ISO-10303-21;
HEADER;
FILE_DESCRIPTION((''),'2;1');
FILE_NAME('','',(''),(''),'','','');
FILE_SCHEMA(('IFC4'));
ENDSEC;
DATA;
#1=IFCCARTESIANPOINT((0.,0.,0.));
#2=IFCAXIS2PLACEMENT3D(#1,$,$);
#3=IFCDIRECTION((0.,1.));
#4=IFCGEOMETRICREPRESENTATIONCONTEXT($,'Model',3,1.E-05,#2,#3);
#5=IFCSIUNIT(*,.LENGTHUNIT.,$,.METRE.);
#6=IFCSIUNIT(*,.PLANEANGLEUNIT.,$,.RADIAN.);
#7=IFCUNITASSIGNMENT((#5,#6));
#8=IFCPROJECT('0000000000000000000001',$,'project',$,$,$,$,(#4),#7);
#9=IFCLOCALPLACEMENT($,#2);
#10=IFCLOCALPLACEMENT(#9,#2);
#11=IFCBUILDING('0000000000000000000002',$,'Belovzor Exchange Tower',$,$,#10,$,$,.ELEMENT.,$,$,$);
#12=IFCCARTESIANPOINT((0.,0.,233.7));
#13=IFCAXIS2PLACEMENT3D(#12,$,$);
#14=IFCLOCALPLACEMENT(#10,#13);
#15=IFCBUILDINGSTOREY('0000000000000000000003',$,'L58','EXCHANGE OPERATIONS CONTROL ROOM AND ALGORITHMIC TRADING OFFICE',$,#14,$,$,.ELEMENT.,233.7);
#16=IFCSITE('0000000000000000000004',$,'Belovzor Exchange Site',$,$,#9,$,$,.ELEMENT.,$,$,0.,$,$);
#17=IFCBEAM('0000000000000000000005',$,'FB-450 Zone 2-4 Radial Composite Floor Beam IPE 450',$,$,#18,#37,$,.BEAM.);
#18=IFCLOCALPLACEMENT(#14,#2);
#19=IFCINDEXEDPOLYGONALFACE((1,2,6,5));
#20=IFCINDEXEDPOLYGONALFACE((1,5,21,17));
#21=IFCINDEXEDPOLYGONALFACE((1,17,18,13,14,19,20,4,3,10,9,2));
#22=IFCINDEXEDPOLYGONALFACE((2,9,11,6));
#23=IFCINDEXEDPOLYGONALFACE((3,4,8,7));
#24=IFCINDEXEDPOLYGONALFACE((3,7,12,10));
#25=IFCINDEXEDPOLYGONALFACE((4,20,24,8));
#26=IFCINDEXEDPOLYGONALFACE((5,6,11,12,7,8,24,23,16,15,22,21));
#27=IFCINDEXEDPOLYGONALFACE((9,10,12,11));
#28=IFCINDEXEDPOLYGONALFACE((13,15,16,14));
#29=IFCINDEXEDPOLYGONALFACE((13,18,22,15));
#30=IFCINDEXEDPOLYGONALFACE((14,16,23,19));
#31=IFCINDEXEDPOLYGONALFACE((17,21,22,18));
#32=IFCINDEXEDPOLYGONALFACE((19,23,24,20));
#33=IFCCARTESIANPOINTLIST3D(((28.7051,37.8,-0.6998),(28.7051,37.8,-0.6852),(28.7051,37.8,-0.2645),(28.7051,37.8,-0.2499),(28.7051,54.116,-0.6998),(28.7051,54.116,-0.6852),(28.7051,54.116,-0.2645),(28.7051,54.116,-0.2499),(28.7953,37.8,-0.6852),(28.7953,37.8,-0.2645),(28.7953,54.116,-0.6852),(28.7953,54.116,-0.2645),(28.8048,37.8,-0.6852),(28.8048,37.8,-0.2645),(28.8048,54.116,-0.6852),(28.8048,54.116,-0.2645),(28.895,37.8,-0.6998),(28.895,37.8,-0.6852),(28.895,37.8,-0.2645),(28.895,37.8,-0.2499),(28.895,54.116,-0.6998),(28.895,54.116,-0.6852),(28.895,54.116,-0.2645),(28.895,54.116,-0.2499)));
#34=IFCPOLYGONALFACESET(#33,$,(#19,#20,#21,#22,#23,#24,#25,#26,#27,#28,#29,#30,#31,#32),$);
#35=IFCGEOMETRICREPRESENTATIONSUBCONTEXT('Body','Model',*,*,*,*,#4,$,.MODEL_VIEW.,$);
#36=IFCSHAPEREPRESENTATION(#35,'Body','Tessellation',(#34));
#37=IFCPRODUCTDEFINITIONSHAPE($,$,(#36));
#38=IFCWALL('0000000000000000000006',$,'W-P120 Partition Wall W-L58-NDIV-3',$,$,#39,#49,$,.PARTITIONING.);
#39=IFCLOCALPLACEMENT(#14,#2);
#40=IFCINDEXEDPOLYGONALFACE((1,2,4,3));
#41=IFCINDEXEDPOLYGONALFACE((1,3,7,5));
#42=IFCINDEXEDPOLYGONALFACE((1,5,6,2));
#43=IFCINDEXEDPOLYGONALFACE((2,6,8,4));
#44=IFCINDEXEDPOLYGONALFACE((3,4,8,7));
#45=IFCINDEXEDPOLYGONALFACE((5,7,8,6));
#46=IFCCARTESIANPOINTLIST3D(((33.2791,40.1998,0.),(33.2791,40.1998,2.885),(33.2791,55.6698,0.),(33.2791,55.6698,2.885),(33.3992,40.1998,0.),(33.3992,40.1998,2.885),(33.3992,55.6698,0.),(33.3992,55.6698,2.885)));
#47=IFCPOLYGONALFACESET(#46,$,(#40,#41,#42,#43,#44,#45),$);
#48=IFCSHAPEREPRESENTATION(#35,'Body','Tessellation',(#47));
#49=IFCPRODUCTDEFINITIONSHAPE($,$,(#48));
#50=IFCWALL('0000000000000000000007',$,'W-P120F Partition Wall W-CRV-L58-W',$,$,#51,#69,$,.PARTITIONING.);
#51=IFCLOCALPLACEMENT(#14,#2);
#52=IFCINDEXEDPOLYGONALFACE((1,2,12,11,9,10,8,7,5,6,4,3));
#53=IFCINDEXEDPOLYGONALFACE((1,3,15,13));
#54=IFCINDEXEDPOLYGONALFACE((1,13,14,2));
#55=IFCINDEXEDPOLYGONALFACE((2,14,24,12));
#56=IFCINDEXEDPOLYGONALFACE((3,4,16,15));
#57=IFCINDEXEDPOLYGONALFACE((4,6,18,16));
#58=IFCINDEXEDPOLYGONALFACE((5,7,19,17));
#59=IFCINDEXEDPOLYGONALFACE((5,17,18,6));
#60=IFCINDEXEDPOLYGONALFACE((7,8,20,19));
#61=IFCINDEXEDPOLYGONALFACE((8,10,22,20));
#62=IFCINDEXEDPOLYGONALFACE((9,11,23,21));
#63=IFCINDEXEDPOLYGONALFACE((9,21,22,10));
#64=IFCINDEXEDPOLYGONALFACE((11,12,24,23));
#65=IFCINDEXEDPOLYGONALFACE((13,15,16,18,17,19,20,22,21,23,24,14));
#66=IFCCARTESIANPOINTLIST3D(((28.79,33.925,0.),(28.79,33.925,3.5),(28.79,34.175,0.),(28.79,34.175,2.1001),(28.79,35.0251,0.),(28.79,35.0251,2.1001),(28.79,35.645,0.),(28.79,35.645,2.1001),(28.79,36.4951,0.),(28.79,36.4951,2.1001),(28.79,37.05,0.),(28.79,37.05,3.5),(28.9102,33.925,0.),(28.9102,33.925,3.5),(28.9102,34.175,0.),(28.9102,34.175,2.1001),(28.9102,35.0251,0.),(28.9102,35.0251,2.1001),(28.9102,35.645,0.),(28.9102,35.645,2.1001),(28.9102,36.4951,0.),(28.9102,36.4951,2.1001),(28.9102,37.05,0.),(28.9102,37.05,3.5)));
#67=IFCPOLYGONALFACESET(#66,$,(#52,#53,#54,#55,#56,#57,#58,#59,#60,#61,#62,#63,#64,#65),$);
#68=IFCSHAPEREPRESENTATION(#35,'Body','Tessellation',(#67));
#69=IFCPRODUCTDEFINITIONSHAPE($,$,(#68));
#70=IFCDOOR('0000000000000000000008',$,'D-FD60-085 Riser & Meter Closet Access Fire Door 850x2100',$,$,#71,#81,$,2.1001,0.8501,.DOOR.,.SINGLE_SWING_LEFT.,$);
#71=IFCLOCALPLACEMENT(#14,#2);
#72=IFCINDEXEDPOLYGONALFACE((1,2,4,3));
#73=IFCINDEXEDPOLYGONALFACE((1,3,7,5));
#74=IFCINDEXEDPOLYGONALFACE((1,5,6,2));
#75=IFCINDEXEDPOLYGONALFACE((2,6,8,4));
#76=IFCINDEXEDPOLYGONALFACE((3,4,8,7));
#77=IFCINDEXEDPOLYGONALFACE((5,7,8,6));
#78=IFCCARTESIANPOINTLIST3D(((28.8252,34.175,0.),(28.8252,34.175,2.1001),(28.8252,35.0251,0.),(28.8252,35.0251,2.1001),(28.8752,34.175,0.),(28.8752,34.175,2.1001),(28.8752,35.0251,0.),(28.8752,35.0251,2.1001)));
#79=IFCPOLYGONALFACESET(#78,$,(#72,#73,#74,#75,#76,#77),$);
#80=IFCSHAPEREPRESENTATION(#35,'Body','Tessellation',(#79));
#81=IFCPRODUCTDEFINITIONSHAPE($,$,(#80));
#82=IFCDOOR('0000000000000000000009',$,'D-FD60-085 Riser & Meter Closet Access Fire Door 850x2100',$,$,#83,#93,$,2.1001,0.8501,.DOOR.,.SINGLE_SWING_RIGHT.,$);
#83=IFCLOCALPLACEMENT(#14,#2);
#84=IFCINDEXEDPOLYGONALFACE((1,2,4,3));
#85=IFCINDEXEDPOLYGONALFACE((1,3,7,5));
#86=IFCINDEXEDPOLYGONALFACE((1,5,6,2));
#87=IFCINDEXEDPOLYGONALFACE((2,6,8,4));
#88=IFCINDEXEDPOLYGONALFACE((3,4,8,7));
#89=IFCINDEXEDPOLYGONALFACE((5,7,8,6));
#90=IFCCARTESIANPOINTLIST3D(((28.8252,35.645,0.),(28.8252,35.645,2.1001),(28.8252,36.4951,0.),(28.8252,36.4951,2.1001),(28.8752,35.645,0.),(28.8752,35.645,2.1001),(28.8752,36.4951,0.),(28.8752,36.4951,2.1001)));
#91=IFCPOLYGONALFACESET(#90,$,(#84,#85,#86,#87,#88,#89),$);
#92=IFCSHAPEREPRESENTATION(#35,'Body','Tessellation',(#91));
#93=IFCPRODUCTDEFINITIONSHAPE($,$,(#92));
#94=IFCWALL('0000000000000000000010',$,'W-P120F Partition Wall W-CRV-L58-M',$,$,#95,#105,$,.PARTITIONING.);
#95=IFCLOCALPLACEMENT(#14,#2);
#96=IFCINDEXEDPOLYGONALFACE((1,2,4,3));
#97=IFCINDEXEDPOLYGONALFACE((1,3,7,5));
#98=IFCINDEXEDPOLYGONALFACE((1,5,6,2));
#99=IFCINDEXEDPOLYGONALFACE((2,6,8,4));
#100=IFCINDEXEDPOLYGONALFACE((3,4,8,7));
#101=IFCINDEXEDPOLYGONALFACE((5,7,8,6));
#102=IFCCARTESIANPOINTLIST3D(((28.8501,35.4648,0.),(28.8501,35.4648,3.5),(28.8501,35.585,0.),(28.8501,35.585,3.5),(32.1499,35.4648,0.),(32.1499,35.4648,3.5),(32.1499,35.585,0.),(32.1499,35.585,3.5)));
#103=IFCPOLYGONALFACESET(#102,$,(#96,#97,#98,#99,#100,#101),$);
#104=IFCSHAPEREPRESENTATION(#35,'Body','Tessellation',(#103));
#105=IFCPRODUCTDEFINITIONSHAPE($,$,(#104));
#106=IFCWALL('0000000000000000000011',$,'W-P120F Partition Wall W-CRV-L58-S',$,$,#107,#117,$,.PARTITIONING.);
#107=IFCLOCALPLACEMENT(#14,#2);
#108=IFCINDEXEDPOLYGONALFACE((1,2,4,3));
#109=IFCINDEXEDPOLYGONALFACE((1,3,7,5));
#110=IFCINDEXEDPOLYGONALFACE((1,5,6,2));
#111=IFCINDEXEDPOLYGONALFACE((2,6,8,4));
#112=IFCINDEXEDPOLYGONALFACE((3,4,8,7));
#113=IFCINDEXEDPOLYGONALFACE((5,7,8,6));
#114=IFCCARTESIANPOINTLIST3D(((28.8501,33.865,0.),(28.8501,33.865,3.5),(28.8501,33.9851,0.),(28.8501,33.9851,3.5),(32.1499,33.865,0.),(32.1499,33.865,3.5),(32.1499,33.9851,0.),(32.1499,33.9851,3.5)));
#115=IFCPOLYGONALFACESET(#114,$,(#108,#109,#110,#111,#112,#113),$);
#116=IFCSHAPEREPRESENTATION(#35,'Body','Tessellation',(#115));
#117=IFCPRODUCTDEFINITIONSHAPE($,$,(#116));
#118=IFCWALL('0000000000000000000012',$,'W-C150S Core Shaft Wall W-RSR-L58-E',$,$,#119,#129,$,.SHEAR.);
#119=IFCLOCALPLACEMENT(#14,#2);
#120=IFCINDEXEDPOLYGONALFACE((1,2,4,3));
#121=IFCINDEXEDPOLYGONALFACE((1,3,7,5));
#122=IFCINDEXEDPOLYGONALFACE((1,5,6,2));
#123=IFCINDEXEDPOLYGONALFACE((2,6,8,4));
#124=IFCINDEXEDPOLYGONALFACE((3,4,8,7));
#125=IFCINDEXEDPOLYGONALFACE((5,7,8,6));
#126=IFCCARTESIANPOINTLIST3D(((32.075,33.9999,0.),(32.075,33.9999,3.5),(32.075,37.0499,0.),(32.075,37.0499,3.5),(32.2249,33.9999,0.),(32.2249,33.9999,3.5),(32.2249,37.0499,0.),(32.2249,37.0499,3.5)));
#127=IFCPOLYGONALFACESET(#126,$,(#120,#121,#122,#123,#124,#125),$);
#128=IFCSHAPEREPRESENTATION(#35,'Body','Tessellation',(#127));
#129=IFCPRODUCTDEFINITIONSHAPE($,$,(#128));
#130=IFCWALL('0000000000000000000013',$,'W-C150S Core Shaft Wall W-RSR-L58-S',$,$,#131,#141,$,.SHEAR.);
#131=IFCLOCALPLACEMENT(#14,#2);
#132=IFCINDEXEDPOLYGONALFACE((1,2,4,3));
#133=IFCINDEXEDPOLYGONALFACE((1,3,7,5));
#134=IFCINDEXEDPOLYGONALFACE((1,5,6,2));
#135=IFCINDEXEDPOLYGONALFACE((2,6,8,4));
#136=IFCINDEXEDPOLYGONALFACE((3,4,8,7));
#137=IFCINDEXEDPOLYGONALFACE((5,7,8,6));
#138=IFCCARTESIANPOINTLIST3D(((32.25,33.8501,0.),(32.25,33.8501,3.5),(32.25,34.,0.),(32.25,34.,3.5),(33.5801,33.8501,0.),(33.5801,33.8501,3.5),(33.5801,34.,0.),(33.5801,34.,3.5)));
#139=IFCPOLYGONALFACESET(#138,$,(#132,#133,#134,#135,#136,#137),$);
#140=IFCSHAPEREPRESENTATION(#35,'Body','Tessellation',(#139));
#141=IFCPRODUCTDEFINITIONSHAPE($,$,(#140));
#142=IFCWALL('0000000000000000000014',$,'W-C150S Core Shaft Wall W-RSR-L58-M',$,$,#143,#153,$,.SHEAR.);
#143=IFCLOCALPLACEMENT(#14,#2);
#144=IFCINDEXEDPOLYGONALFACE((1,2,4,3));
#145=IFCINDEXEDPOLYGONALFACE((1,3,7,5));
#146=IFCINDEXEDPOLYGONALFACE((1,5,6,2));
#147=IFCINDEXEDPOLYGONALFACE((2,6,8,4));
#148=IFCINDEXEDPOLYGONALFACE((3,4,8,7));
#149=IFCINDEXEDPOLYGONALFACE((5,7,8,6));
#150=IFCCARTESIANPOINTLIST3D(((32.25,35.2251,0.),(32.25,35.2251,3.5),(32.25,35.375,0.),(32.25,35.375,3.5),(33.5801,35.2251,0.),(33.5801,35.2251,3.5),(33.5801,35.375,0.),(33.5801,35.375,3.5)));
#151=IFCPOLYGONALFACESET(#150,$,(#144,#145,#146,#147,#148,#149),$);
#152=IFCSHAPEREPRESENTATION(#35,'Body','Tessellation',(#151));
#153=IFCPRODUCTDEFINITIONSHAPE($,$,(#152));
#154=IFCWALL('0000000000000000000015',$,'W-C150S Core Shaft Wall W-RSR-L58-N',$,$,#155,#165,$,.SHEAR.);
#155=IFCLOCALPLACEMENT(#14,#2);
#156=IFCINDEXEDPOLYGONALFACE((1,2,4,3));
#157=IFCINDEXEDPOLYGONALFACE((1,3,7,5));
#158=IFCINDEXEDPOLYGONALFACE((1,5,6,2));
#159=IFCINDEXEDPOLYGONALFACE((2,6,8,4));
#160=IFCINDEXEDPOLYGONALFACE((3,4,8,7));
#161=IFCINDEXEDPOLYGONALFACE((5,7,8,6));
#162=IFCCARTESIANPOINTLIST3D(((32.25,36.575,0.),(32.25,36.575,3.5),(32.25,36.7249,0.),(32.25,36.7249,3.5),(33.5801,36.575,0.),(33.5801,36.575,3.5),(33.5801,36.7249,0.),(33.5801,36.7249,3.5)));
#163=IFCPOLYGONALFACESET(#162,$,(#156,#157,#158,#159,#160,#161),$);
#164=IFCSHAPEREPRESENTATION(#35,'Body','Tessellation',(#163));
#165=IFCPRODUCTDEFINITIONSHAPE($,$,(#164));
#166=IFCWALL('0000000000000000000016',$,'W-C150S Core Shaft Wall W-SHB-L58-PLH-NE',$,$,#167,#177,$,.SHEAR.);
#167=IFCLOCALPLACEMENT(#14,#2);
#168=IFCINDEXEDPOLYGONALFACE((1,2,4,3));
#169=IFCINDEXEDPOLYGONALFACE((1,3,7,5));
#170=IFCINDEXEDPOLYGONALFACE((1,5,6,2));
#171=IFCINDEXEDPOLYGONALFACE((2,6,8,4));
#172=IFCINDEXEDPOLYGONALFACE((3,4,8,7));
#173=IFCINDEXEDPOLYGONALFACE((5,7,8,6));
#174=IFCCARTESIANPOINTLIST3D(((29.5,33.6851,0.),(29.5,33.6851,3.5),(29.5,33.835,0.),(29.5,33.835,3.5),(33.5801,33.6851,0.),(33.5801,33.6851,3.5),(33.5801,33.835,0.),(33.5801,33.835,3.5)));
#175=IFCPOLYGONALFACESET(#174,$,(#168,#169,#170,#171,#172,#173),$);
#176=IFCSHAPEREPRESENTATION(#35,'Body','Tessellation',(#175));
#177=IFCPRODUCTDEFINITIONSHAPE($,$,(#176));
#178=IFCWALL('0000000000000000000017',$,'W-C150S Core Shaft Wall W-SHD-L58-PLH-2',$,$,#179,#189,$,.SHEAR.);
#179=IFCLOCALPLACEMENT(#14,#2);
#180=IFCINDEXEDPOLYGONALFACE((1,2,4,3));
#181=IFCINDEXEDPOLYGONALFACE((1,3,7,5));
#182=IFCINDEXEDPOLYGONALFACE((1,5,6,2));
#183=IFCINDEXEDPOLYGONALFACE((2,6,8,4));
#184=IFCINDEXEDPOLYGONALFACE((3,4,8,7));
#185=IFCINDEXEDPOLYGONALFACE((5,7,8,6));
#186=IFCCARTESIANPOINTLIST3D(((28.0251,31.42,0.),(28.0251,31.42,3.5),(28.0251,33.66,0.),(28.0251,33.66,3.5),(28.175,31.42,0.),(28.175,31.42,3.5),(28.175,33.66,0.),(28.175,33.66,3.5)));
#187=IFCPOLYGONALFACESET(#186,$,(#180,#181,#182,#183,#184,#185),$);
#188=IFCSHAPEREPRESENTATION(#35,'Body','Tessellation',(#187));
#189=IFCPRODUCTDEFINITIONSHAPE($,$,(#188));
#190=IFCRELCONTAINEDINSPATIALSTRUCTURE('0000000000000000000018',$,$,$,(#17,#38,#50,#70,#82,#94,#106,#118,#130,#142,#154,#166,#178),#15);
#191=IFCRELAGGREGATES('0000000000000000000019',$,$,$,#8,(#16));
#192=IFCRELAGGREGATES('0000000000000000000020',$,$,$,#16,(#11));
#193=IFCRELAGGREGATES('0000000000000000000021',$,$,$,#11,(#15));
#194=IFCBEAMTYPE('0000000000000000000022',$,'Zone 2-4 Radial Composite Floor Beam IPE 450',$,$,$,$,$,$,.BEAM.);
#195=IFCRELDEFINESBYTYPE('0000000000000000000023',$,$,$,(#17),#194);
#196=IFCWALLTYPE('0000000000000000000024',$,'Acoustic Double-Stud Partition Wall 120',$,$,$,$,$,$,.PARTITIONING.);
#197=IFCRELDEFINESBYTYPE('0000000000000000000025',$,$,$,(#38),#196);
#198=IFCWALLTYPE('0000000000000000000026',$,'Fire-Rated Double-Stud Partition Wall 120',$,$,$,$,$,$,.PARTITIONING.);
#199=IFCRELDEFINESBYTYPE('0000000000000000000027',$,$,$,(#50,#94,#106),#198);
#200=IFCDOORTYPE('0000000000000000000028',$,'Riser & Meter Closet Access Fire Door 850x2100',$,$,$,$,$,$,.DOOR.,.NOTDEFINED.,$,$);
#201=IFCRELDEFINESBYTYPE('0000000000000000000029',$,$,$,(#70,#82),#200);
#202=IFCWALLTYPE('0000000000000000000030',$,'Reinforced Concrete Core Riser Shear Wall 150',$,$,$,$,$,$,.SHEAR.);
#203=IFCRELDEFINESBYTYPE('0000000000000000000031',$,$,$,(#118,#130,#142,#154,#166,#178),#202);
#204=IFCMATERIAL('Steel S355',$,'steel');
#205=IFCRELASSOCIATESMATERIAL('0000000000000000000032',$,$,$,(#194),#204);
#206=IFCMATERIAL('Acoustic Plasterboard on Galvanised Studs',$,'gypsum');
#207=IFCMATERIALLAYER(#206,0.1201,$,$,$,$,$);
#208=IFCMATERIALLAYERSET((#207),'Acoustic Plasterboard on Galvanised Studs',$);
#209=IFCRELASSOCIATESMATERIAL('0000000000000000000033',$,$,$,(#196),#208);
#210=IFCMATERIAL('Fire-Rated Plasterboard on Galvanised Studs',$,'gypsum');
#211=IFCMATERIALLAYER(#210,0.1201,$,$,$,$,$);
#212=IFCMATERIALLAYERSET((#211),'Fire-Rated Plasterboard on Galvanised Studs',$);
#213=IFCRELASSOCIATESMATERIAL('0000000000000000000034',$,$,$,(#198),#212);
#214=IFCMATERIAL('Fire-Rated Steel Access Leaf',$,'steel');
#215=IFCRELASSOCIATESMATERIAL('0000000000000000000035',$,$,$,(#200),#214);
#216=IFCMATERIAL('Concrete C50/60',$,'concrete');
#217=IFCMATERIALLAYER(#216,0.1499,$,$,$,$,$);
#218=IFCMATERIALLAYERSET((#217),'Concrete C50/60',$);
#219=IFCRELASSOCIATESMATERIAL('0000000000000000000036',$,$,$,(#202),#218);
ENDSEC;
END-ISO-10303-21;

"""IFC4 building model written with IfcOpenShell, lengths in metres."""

from ifc_helpers import new_model, si_unit, direction, frame, frame_2d, origin, origin_2d, place, context, subcontext, project, spatial, rectangle, i_section, extrude, material, layer, layer_set, material_profile, profile_set, type_object, element, fill, save


model = new_model("IFC4")

# Units and contexts
model_context = context("Model", 3, precision=1e-05, world=origin(), true_north=direction((0.0, 1.0)))
body_context = subcontext(model_context, "Body", "Model", "MODEL_VIEW")
ifc_project = project(units=[si_unit("LENGTHUNIT", "METRE"), si_unit("PLANEANGLEUNIT", "RADIAN")], contexts=[model_context])

# Site, building, storey
site_placement = place(None, origin())
site = spatial("IfcSite", under=ifc_project, at=site_placement, Name="Belovzor Exchange Site", CompositionType="ELEMENT", RefElevation=0.0)
building_placement = place(site_placement, origin())
building = spatial("IfcBuilding", under=site, at=building_placement, Name="Belovzor Exchange Tower", CompositionType="ELEMENT")
storey_placement = place(building_placement, frame((0.0, 0.0, 233.7)))
storey = spatial("IfcBuildingStorey", under=building, at=storey_placement, Name="L58", Description="EXCHANGE OPERATIONS CONTROL ROOM AND ALGORITHMIC TRADING OFFICE", CompositionType="ELEMENT", Elevation=233.7)

# Beam
ifc_material_1 = material(Name="Steel S355", Category="steel")
ifc_material_profile = material_profile(ifc_material_1, i_section(OverallWidth=0.1899, OverallDepth=0.45, WebThickness=0.0095, FlangeThickness=0.0146, at=origin_2d()))
ifc_profile_set = profile_set([ifc_material_profile], Name="Steel S355")
beam_type = type_object("IfcBeamType", Name="Zone 2-4 Radial Composite Floor Beam IPE 450", PredefinedType="BEAM", material=ifc_profile_set)
beam_placement = place(storey_placement, frame((28.8, 37.8, -0.4749), z_axis=(0.0, 1.0, 0.0), x_axis=(-1.0, 0.0, 0.0)))
element("IfcBeam", 1, at=beam_placement, inside=storey, type_object=beam_type, Name="FB-450 Zone 2-4 Radial Composite Floor Beam IPE 450", PredefinedType="BEAM", context=body_context, shape_type="SweptSolid", body=[
    extrude(i_section(OverallWidth=0.1899, OverallDepth=0.45, WebThickness=0.0095, FlangeThickness=0.0146, at=origin_2d()), origin(), (0.0, 0.0, 1.0), 16.3159),
])

# Wall
ifc_material_2 = material(Name="Acoustic Plasterboard on Galvanised Studs", Category="gypsum")
ifc_layer_1 = layer(ifc_material_2, 0.1201)
ifc_layer_set_1 = layer_set([ifc_layer_1], Name="Acoustic Plasterboard on Galvanised Studs")
wall_type_1 = type_object("IfcWallType", Name="Acoustic Double-Stud Partition Wall 120", PredefinedType="PARTITIONING", material=ifc_layer_set_1)
wall_1_placement = place(storey_placement, frame((33.3391, 40.2, 0.0), z_axis=(0.0, 0.0, 1.0), x_axis=(0.0, 1.0, 0.0)))
element("IfcWall", 2, at=wall_1_placement, inside=storey, type_object=wall_type_1, Name="W-P120 Partition Wall W-L58-NDIV-3", PredefinedType="PARTITIONING", context=body_context, shape_type="SweptSolid", body=[
    extrude(rectangle(XDim=15.47, YDim=0.1201, at=frame_2d((7.7349, 0.0))), origin(), (0.0, 0.0, 1.0), 2.885),
])

# Wall, openings, doors
ifc_material_3 = material(Name="Fire-Rated Plasterboard on Galvanised Studs", Category="gypsum")
ifc_layer_2 = layer(ifc_material_3, 0.1201)
ifc_layer_set_2 = layer_set([ifc_layer_2], Name="Fire-Rated Plasterboard on Galvanised Studs")
wall_type_2 = type_object("IfcWallType", Name="Fire-Rated Double-Stud Partition Wall 120", PredefinedType="PARTITIONING", material=ifc_layer_set_2)
wall_2_placement = place(storey_placement, frame((28.8501, 33.925, 0.0), z_axis=(0.0, 0.0, 1.0), x_axis=(0.0, 1.0, 0.0)))
wall_2 = element("IfcWall", 3, at=wall_2_placement, inside=storey, type_object=wall_type_2, Name="W-P120F Partition Wall W-CRV-L58-W", PredefinedType="PARTITIONING", context=body_context, shape_type="SweptSolid", body=[
    extrude(rectangle(XDim=3.125, YDim=0.1201, at=frame_2d((1.5625, 0.0))), origin(), (0.0, 0.0, 1.0), 3.5),
])
opening_1_placement = place(wall_2_placement, frame((0.25, 0.0, 0.0)))
opening_1 = element("IfcOpeningElement", 4, at=opening_1_placement, cuts=wall_2, PredefinedType="OPENING", context=body_context, shape_type="SweptSolid", body=[
    extrude(rectangle(XDim=0.8501, YDim=2.1001, at=frame_2d((0.425, 1.05))), frame((0.0, 0.0701, 0.0), z_axis=(0.0, -1.0, 0.0), x_axis=(1.0, 0.0, 0.0)), (0.0, 0.0, 1.0), 0.1401),
])
opening_2_placement = place(wall_2_placement, frame((1.72, 0.0, 0.0)))
opening_2 = element("IfcOpeningElement", 5, at=opening_2_placement, cuts=wall_2, PredefinedType="OPENING", context=body_context, shape_type="SweptSolid", body=[
    extrude(rectangle(XDim=0.8501, YDim=2.1001, at=frame_2d((0.425, 1.05))), frame((0.0, 0.0701, 0.0), z_axis=(0.0, -1.0, 0.0), x_axis=(1.0, 0.0, 0.0)), (0.0, 0.0, 1.0), 0.1401),
])
ifc_material_4 = material(Name="Fire-Rated Steel Access Leaf", Category="steel")
door_type = type_object("IfcDoorType", Name="Riser & Meter Closet Access Fire Door 850x2100", OperationType="NOTDEFINED", PredefinedType="DOOR", material=ifc_material_4)
door_1_placement = place(opening_1_placement, origin())
door_1 = element("IfcDoor", 6, at=door_1_placement, inside=storey, type_object=door_type, Name="D-FD60-085 Riser & Meter Closet Access Fire Door 850x2100", OperationType="SINGLE_SWING_LEFT", OverallHeight=2.1001, OverallWidth=0.8501, PredefinedType="DOOR", context=body_context, shape_type="SweptSolid", body=[
    extrude(rectangle(XDim=0.8501, YDim=2.1001, at=frame_2d((0.425, 1.05))), frame((0.0, 0.0249, 0.0), z_axis=(0.0, -1.0, 0.0), x_axis=(1.0, 0.0, 0.0)), (0.0, 0.0, 1.0), 0.05),
])
fill(opening_1, door_1)
door_2_placement = place(opening_2_placement, origin())
door_2 = element("IfcDoor", 7, at=door_2_placement, inside=storey, type_object=door_type, Name="D-FD60-085 Riser & Meter Closet Access Fire Door 850x2100", OperationType="SINGLE_SWING_RIGHT", OverallHeight=2.1001, OverallWidth=0.8501, PredefinedType="DOOR", context=body_context, shape_type="SweptSolid", body=[
    extrude(rectangle(XDim=0.8501, YDim=2.1001, at=frame_2d((0.425, 1.05))), frame((0.0, 0.0249, 0.0), z_axis=(0.0, -1.0, 0.0), x_axis=(1.0, 0.0, 0.0)), (0.0, 0.0, 1.0), 0.05),
])
fill(opening_2, door_2)

# Walls
for number, where, z_axis, x_axis, name in (
    (8, (28.8501, 35.5249, 0.0), (0.0, 0.0, 1.0), (1.0, 0.0, 0.0), "W-P120F Partition Wall W-CRV-L58-M"),
    (9, (28.8501, 33.925, 0.0), (0.0, 0.0, 1.0), (1.0, 0.0, 0.0), "W-P120F Partition Wall W-CRV-L58-S"),
):
    element("IfcWall", number, at=place(storey_placement, frame(where, z_axis=z_axis, x_axis=x_axis)), inside=storey, type_object=wall_type_2, Name=name, PredefinedType="PARTITIONING", context=body_context, shape_type="SweptSolid", body=[
        extrude(rectangle(XDim=3.2998, YDim=0.1201, at=frame_2d((1.6499, 0.0))), origin(), (0.0, 0.0, 1.0), 3.5),
    ])
ifc_material_5 = material(Name="Concrete C50/60", Category="concrete")
ifc_layer_3 = layer(ifc_material_5, 0.1499)
ifc_layer_set_3 = layer_set([ifc_layer_3], Name="Concrete C50/60")
wall_type_3 = type_object("IfcWallType", Name="Reinforced Concrete Core Riser Shear Wall 150", PredefinedType="SHEAR", material=ifc_layer_set_3)
wall_3_placement = place(storey_placement, frame((32.1499, 34.0, 0.0), z_axis=(0.0, 0.0, 1.0), x_axis=(0.0, 1.0, 0.0)))
element("IfcWall", 10, at=wall_3_placement, inside=storey, type_object=wall_type_3, Name="W-C150S Core Shaft Wall W-RSR-L58-E", PredefinedType="SHEAR", context=body_context, shape_type="SweptSolid", body=[
    extrude(rectangle(XDim=3.05, YDim=0.1499, at=frame_2d((1.5249, 0.0))), origin(), (0.0, 0.0, 1.0), 3.5),
])
for number, where, z_axis, x_axis, name in (
    (11, (32.25, 33.925, 0.0), (0.0, 0.0, 1.0), (1.0, 0.0, 0.0), "W-C150S Core Shaft Wall W-RSR-L58-S"),
    (12, (32.25, 35.3, 0.0), (0.0, 0.0, 1.0), (1.0, 0.0, 0.0), "W-C150S Core Shaft Wall W-RSR-L58-M"),
    (13, (32.25, 36.6499, 0.0), (0.0, 0.0, 1.0), (1.0, 0.0, 0.0), "W-C150S Core Shaft Wall W-RSR-L58-N"),
):
    element("IfcWall", number, at=place(storey_placement, frame(where, z_axis=z_axis, x_axis=x_axis)), inside=storey, type_object=wall_type_3, Name=name, PredefinedType="SHEAR", context=body_context, shape_type="SweptSolid", body=[
        extrude(rectangle(XDim=1.3301, YDim=0.1499, at=frame_2d((0.665, 0.0))), origin(), (0.0, 0.0, 1.0), 3.5),
    ])
wall_4_placement = place(storey_placement, frame((29.5, 33.76, 0.0), z_axis=(0.0, 0.0, 1.0), x_axis=(1.0, 0.0, 0.0)))
element("IfcWall", 14, at=wall_4_placement, inside=storey, type_object=wall_type_3, Name="W-C150S Core Shaft Wall W-SHB-L58-PLH-NE", PredefinedType="SHEAR", context=body_context, shape_type="SweptSolid", body=[
    extrude(rectangle(XDim=4.0801, YDim=0.1499, at=frame_2d((2.04, 0.0))), origin(), (0.0, 0.0, 1.0), 3.5),
])
for number, where, z_axis, x_axis, name in (
    (15, (28.1001, 31.4199, 0.0), (0.0, 0.0, 1.0), (0.0, 1.0, 0.0), "W-C150S Core Shaft Wall W-SHD-L58-PLH-2"),
):
    element("IfcWall", number, at=place(storey_placement, frame(where, z_axis=z_axis, x_axis=x_axis)), inside=storey, type_object=wall_type_3, Name=name, PredefinedType="SHEAR", context=body_context, shape_type="SweptSolid", body=[
        extrude(rectangle(XDim=2.24, YDim=0.1499, at=frame_2d((1.1201, 0.0))), origin(), (0.0, 0.0, 1.0), 3.5),
    ])

save(model, "model.ifc")
